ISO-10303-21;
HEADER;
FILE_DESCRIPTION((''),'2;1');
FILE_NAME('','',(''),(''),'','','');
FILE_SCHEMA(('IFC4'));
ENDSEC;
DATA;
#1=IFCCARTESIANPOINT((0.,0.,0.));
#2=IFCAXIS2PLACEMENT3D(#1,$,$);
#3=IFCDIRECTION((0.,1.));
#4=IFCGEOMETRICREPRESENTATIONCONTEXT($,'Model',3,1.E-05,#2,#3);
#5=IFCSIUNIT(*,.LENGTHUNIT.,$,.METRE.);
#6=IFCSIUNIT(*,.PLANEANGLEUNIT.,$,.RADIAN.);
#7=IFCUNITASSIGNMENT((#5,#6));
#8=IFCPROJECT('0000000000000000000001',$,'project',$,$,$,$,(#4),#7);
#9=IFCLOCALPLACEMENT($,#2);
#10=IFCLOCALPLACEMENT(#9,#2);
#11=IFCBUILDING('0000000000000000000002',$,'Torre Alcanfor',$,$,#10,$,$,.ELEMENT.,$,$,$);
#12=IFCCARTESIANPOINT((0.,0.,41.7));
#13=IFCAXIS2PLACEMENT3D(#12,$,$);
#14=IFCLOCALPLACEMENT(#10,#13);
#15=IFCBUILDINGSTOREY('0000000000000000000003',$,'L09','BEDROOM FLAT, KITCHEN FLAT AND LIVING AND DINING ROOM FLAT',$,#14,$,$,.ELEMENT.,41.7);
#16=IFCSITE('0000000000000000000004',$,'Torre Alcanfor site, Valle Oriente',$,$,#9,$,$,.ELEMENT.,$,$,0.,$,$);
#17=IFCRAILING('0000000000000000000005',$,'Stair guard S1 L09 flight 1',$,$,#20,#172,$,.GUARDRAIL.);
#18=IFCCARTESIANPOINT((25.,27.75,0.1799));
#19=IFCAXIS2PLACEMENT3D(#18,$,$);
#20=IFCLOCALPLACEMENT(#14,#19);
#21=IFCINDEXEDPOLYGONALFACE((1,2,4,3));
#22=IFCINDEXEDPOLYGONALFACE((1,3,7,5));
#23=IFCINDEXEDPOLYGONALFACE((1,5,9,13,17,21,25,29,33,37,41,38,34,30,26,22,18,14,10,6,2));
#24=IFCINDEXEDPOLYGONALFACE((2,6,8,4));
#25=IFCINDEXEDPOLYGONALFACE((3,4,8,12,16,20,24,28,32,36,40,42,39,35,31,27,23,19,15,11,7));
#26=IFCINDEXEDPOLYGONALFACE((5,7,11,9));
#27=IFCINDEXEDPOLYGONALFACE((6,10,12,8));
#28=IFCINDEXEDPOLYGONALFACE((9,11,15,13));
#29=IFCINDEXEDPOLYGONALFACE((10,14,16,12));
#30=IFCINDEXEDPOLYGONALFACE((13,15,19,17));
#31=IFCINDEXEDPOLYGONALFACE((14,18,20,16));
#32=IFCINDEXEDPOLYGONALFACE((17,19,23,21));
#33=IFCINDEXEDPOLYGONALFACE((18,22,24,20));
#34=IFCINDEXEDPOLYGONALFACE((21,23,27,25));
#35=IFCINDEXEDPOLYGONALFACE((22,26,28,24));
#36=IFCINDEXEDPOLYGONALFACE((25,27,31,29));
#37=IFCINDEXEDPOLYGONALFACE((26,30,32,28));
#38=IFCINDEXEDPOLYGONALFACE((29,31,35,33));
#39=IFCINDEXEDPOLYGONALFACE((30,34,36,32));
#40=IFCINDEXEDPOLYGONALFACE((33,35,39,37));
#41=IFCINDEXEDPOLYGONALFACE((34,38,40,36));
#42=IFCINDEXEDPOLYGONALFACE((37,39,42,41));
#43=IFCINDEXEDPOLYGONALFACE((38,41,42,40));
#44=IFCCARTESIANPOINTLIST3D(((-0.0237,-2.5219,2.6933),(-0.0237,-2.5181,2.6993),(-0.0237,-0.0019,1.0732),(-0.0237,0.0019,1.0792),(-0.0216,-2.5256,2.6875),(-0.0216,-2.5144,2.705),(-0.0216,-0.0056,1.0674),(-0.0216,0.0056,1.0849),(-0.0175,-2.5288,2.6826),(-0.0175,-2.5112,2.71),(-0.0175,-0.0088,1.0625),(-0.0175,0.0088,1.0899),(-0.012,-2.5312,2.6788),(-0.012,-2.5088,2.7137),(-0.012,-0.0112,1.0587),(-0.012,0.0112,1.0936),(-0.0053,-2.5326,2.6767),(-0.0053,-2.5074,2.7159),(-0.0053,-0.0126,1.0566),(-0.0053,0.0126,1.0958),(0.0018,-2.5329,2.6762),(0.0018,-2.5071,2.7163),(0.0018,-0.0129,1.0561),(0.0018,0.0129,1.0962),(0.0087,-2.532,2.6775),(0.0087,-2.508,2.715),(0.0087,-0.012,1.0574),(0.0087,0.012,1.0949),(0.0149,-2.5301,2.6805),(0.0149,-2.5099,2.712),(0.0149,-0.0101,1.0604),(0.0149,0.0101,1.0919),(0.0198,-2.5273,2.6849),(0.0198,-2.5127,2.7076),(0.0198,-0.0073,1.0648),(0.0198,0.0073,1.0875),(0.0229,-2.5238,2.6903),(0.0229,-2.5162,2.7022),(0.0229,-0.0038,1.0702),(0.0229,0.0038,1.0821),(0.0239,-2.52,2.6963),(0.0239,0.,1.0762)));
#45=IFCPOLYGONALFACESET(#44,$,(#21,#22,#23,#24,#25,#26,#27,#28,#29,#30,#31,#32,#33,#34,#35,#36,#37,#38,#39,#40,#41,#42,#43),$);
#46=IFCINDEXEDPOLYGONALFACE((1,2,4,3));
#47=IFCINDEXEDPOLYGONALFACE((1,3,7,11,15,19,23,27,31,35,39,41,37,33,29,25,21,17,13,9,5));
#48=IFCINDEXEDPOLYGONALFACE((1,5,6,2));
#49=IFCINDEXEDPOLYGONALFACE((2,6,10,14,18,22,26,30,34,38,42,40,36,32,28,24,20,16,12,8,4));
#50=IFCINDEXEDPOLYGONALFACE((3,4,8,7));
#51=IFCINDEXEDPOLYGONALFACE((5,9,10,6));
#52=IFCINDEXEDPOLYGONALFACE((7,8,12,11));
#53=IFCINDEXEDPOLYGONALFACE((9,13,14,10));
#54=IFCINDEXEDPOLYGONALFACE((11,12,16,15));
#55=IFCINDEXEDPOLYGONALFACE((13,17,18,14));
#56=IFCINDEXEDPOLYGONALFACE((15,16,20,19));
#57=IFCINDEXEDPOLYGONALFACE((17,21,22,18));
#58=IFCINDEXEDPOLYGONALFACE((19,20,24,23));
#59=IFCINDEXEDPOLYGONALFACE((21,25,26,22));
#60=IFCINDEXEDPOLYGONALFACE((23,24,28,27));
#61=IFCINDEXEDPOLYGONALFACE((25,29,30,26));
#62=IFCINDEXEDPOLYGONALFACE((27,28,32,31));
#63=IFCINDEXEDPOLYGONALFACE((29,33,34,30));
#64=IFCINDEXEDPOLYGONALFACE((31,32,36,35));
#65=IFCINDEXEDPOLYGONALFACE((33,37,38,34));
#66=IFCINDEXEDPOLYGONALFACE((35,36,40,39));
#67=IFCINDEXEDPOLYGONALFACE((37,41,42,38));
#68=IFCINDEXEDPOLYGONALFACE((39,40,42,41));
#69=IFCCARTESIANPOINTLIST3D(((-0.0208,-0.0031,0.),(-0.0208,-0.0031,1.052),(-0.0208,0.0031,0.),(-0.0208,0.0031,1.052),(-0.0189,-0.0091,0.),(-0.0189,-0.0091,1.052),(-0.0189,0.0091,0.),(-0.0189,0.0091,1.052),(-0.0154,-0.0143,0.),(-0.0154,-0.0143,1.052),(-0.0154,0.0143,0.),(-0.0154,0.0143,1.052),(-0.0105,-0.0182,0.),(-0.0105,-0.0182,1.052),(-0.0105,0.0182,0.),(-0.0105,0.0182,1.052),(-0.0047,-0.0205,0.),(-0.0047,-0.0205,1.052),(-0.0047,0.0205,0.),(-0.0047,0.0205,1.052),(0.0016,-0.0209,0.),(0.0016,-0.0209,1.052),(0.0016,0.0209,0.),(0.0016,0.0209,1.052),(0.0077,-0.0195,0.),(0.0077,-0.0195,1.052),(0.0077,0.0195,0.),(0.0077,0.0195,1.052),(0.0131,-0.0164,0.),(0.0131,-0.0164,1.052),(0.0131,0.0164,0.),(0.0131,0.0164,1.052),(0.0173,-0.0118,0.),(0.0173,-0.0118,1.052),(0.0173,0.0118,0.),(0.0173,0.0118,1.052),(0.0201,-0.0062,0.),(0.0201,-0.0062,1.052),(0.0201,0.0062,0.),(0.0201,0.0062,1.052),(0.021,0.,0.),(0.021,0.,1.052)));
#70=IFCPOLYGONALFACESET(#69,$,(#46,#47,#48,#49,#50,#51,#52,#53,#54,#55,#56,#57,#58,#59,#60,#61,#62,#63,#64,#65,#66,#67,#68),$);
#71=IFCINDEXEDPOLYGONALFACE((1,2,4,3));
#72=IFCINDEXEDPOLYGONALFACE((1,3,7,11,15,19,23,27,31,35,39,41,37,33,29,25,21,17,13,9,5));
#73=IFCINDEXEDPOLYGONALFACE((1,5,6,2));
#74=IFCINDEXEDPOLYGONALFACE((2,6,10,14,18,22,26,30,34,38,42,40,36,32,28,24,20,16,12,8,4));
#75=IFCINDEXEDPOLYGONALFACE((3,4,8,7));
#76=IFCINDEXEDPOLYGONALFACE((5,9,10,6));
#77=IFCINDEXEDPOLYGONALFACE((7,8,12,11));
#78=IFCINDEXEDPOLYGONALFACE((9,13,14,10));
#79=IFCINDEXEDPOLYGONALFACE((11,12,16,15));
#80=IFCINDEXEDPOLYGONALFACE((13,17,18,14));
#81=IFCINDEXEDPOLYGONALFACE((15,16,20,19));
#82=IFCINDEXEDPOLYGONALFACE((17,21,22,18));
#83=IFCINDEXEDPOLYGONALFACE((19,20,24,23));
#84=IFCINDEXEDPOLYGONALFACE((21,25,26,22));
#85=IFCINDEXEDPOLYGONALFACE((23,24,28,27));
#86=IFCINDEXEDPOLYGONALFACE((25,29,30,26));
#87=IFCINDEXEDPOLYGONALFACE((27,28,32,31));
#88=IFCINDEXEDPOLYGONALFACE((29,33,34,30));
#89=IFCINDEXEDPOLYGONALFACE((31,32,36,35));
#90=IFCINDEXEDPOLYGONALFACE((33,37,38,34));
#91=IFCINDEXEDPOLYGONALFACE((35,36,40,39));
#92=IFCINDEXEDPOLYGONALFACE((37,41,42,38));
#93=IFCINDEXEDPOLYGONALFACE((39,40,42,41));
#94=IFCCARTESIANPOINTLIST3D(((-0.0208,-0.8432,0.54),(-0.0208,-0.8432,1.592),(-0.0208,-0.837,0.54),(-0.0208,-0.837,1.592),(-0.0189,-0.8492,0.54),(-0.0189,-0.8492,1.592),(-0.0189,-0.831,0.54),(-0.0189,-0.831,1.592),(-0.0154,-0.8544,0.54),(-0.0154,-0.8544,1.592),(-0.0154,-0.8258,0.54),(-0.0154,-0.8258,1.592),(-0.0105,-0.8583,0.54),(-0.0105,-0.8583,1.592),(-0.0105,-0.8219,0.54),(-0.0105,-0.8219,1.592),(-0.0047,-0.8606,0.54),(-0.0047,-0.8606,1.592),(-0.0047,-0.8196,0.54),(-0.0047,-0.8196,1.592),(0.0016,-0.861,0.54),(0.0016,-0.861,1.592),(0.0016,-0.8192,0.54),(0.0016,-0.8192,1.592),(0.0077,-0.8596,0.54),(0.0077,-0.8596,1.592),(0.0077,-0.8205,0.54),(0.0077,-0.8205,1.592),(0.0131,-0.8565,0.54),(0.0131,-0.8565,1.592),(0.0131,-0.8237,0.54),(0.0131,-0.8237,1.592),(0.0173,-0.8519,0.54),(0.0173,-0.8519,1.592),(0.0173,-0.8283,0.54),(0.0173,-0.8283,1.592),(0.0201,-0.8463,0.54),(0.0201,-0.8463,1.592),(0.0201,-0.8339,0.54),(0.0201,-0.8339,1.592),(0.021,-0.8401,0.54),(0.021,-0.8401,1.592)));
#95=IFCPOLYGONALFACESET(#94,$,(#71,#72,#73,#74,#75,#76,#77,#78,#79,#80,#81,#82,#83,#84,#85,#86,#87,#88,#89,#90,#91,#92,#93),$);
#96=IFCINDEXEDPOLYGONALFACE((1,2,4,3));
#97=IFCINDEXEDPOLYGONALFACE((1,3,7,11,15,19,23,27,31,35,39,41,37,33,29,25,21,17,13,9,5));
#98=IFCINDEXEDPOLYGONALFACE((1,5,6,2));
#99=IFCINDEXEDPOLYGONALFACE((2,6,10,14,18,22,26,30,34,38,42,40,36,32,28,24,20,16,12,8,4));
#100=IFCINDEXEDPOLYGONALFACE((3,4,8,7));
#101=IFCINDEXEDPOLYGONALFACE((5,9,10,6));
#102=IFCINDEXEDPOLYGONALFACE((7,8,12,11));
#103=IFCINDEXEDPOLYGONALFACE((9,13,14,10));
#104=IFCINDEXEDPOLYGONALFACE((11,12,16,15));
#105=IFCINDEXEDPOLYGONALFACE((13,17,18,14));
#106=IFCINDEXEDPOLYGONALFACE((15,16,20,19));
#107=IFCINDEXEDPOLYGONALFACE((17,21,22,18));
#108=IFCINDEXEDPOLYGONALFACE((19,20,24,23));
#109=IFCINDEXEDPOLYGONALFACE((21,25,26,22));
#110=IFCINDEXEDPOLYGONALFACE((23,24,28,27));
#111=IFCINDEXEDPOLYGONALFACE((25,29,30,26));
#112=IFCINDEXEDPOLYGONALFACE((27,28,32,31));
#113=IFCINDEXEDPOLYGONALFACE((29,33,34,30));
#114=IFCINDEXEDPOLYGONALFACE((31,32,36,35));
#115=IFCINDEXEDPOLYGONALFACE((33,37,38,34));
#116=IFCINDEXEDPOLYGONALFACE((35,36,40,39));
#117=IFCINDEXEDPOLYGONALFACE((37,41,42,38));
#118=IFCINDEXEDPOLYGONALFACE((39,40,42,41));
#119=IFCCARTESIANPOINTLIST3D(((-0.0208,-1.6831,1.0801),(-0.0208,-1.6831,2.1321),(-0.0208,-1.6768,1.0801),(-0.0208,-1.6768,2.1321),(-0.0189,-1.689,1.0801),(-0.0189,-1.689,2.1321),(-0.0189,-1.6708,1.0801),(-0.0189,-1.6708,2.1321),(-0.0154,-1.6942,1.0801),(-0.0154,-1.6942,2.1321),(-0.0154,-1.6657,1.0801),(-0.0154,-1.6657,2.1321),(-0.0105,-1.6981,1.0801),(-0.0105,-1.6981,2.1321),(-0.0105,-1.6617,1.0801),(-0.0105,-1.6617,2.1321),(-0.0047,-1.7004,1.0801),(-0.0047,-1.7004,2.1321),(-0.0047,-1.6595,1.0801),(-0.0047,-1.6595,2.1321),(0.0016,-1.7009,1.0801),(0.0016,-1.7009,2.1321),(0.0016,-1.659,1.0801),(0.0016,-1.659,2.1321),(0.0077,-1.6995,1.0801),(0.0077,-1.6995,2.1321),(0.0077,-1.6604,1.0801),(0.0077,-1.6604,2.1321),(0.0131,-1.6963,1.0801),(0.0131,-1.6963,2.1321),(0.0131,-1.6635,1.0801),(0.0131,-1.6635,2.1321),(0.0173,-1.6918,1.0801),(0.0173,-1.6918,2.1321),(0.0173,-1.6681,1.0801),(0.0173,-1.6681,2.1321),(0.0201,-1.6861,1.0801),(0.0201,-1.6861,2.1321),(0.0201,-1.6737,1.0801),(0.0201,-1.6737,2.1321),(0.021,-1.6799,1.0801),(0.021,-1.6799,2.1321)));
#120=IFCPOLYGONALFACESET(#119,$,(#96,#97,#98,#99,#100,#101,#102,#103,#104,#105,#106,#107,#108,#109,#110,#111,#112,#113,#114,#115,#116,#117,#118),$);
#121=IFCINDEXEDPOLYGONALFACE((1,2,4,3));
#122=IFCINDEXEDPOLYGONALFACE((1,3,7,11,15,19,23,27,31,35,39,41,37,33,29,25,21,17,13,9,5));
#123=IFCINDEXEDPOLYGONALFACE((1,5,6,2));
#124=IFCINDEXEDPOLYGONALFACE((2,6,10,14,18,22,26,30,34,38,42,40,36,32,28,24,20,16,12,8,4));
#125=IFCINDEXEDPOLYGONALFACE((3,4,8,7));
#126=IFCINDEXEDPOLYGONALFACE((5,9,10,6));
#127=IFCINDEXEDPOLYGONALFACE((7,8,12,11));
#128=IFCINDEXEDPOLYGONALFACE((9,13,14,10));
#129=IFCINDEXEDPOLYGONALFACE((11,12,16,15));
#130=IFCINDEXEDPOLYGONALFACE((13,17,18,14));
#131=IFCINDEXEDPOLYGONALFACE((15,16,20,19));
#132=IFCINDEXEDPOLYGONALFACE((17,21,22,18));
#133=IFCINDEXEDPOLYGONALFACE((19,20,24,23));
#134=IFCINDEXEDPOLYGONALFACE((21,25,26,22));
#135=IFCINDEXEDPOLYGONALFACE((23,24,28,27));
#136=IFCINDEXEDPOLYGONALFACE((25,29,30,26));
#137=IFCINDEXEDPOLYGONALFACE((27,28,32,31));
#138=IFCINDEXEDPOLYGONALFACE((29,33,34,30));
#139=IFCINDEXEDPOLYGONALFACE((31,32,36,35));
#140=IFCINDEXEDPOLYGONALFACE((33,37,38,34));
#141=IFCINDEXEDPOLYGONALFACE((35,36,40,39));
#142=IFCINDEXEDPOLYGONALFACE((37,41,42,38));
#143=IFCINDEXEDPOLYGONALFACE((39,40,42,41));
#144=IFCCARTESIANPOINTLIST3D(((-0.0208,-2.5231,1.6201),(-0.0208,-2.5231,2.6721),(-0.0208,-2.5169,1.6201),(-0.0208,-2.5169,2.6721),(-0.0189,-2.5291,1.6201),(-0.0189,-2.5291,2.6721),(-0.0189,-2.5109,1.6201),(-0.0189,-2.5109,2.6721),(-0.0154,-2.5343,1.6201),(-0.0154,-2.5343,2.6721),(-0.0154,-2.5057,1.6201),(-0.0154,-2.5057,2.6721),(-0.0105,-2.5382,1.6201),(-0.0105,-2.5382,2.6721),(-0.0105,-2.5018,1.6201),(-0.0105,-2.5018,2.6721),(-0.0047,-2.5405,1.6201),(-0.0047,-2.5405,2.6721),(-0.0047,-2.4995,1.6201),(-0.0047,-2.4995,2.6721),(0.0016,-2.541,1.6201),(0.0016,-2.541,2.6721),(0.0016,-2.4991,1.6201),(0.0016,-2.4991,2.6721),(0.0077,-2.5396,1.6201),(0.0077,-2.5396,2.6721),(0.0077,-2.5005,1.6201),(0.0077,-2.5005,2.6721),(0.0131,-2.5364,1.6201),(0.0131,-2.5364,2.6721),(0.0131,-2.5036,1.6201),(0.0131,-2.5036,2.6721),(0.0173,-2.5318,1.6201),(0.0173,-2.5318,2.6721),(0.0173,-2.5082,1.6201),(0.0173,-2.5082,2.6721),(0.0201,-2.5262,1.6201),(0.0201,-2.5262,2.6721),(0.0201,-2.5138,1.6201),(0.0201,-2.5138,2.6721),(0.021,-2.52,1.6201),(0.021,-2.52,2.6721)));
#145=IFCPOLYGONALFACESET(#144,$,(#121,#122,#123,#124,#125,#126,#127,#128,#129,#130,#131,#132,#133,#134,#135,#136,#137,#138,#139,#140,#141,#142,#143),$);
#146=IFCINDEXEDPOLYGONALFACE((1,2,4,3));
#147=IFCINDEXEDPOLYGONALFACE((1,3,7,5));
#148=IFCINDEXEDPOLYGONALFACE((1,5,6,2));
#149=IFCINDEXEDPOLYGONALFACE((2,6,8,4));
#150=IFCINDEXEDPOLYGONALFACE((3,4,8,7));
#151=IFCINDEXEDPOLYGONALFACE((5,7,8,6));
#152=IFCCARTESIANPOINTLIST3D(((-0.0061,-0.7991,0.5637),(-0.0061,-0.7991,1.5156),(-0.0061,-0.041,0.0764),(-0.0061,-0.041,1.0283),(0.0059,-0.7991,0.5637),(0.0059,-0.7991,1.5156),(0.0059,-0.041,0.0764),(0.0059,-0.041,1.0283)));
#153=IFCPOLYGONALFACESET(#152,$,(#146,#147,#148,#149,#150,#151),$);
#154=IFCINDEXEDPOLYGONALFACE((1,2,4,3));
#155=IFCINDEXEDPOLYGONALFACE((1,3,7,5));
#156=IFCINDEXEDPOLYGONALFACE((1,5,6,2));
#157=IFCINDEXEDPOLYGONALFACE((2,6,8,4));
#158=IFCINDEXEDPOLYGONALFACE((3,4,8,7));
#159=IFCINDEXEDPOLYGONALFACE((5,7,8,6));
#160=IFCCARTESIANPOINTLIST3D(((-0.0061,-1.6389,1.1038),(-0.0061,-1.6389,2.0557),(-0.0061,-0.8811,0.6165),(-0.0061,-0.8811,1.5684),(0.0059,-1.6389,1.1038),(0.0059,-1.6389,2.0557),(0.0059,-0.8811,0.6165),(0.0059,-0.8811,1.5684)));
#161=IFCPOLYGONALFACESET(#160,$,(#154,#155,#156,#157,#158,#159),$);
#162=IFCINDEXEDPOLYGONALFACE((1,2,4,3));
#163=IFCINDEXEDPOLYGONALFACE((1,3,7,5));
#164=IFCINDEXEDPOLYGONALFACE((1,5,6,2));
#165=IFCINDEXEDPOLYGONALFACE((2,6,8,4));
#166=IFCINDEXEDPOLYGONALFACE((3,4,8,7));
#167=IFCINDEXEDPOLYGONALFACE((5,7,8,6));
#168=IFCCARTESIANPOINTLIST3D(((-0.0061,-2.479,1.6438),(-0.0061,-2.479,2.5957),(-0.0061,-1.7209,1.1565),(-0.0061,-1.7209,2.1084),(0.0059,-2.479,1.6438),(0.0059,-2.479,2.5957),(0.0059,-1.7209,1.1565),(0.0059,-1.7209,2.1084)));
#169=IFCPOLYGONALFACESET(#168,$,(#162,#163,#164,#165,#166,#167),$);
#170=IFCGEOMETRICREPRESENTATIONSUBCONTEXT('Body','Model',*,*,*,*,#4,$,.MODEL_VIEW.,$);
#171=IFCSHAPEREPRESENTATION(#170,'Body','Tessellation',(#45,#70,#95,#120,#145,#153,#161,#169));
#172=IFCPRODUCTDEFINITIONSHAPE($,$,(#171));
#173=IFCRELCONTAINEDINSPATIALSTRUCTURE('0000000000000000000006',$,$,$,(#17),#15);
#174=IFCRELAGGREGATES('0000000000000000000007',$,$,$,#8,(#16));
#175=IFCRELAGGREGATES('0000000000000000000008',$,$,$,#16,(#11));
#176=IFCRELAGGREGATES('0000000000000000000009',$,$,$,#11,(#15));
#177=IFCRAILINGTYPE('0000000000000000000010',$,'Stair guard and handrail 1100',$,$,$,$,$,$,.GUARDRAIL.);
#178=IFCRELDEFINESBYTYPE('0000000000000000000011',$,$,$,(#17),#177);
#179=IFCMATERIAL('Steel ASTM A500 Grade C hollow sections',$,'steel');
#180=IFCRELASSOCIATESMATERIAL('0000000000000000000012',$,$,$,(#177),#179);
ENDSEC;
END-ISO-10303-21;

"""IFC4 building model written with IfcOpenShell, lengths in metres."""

from ifc_helpers import new_model, si_unit, direction, frame, origin, origin_2d, place, context, subcontext, project, spatial, polyline, circle, outline, extrude, material, type_object, element, save


model = new_model("IFC4")

# Units and contexts
model_context = context("Model", 3, precision=1e-05, world=origin(), true_north=direction((0.0, 1.0)))
body_context = subcontext(model_context, "Body", "Model", "MODEL_VIEW")
ifc_project = project(units=[si_unit("LENGTHUNIT", "METRE"), si_unit("PLANEANGLEUNIT", "RADIAN")], contexts=[model_context])

# Site, building, storey
site_placement = place(None, origin())
site = spatial("IfcSite", under=ifc_project, at=site_placement, Name="Torre Alcanfor site, Valle Oriente", CompositionType="ELEMENT", RefElevation=0.0)
building_placement = place(site_placement, origin())
building = spatial("IfcBuilding", under=site, at=building_placement, Name="Torre Alcanfor", CompositionType="ELEMENT")
storey_placement = place(building_placement, frame((0.0, 0.0, 41.7)))
storey = spatial("IfcBuildingStorey", under=building, at=storey_placement, Name="L09", Description="BEDROOM FLAT, KITCHEN FLAT AND LIVING AND DINING ROOM FLAT", CompositionType="ELEMENT", Elevation=41.7)

# Railing
ifc_material_1 = material(Name="Steel ASTM A500 Grade C hollow sections", Category="steel")
railing_type_1 = type_object("IfcRailingType", Name="Stair guard and handrail 1100", PredefinedType="GUARDRAIL", material=ifc_material_1)
railing_1_placement = place(storey_placement, frame((25.0, 27.75, 0.1799)))
element("IfcRailing", 1, at=railing_1_placement, inside=storey, type_object=railing_type_1, Name="Stair guard S1 L09 flight 1", PredefinedType="GUARDRAIL", context=body_context, shape_type="SweptSolid", body=[
    extrude(circle(Radius=0.0239, at=origin_2d()), frame((0.0, 0.0, 1.0762), z_axis=(0.0, -0.841163, 0.540782), x_axis=(1.0, 0.0, 0.0)), (0.0, 0.0, 1.0), 2.9958),
    extrude(circle(Radius=0.021, at=origin_2d()), origin(), (0.0, 0.0, 1.0), 1.052),
    extrude(circle(Radius=0.021, at=origin_2d()), frame((0.0, -0.8401, 0.54)), (0.0, 0.0, 1.0), 1.052),
    extrude(circle(Radius=0.021, at=origin_2d()), frame((0.0, -1.6799, 1.0801)), (0.0, 0.0, 1.0), 1.052),
    extrude(circle(Radius=0.021, at=origin_2d()), frame((0.0, -2.52, 1.6201)), (0.0, 0.0, 1.0), 1.052),
    extrude(outline(polyline([(0.041, 0.0764), (0.7991, 0.5637), (0.7991, 1.5156), (0.041, 1.0283), (0.041, 0.0764)])), frame((0.0059, 0.0, 0.0), z_axis=(-1.0, 0.0, 0.0), x_axis=(0.0, -1.0, 0.0)), (0.0, 0.0, 1.0), 0.012),
    extrude(outline(polyline([(0.8811, 0.6165), (1.6389, 1.1038), (1.6389, 2.0557), (0.8811, 1.5684), (0.8811, 0.6165)])), frame((0.0059, 0.0, 0.0), z_axis=(-1.0, 0.0, 0.0), x_axis=(0.0, -1.0, 0.0)), (0.0, 0.0, 1.0), 0.012),
    extrude(outline(polyline([(1.7209, 1.1565), (2.479, 1.6438), (2.479, 2.5957), (1.7209, 2.1084), (1.7209, 1.1565)])), frame((0.0059, 0.0, 0.0), z_axis=(-1.0, 0.0, 0.0), x_axis=(0.0, -1.0, 0.0)), (0.0, 0.0, 1.0), 0.012),
])

save(model, "model.ifc")
